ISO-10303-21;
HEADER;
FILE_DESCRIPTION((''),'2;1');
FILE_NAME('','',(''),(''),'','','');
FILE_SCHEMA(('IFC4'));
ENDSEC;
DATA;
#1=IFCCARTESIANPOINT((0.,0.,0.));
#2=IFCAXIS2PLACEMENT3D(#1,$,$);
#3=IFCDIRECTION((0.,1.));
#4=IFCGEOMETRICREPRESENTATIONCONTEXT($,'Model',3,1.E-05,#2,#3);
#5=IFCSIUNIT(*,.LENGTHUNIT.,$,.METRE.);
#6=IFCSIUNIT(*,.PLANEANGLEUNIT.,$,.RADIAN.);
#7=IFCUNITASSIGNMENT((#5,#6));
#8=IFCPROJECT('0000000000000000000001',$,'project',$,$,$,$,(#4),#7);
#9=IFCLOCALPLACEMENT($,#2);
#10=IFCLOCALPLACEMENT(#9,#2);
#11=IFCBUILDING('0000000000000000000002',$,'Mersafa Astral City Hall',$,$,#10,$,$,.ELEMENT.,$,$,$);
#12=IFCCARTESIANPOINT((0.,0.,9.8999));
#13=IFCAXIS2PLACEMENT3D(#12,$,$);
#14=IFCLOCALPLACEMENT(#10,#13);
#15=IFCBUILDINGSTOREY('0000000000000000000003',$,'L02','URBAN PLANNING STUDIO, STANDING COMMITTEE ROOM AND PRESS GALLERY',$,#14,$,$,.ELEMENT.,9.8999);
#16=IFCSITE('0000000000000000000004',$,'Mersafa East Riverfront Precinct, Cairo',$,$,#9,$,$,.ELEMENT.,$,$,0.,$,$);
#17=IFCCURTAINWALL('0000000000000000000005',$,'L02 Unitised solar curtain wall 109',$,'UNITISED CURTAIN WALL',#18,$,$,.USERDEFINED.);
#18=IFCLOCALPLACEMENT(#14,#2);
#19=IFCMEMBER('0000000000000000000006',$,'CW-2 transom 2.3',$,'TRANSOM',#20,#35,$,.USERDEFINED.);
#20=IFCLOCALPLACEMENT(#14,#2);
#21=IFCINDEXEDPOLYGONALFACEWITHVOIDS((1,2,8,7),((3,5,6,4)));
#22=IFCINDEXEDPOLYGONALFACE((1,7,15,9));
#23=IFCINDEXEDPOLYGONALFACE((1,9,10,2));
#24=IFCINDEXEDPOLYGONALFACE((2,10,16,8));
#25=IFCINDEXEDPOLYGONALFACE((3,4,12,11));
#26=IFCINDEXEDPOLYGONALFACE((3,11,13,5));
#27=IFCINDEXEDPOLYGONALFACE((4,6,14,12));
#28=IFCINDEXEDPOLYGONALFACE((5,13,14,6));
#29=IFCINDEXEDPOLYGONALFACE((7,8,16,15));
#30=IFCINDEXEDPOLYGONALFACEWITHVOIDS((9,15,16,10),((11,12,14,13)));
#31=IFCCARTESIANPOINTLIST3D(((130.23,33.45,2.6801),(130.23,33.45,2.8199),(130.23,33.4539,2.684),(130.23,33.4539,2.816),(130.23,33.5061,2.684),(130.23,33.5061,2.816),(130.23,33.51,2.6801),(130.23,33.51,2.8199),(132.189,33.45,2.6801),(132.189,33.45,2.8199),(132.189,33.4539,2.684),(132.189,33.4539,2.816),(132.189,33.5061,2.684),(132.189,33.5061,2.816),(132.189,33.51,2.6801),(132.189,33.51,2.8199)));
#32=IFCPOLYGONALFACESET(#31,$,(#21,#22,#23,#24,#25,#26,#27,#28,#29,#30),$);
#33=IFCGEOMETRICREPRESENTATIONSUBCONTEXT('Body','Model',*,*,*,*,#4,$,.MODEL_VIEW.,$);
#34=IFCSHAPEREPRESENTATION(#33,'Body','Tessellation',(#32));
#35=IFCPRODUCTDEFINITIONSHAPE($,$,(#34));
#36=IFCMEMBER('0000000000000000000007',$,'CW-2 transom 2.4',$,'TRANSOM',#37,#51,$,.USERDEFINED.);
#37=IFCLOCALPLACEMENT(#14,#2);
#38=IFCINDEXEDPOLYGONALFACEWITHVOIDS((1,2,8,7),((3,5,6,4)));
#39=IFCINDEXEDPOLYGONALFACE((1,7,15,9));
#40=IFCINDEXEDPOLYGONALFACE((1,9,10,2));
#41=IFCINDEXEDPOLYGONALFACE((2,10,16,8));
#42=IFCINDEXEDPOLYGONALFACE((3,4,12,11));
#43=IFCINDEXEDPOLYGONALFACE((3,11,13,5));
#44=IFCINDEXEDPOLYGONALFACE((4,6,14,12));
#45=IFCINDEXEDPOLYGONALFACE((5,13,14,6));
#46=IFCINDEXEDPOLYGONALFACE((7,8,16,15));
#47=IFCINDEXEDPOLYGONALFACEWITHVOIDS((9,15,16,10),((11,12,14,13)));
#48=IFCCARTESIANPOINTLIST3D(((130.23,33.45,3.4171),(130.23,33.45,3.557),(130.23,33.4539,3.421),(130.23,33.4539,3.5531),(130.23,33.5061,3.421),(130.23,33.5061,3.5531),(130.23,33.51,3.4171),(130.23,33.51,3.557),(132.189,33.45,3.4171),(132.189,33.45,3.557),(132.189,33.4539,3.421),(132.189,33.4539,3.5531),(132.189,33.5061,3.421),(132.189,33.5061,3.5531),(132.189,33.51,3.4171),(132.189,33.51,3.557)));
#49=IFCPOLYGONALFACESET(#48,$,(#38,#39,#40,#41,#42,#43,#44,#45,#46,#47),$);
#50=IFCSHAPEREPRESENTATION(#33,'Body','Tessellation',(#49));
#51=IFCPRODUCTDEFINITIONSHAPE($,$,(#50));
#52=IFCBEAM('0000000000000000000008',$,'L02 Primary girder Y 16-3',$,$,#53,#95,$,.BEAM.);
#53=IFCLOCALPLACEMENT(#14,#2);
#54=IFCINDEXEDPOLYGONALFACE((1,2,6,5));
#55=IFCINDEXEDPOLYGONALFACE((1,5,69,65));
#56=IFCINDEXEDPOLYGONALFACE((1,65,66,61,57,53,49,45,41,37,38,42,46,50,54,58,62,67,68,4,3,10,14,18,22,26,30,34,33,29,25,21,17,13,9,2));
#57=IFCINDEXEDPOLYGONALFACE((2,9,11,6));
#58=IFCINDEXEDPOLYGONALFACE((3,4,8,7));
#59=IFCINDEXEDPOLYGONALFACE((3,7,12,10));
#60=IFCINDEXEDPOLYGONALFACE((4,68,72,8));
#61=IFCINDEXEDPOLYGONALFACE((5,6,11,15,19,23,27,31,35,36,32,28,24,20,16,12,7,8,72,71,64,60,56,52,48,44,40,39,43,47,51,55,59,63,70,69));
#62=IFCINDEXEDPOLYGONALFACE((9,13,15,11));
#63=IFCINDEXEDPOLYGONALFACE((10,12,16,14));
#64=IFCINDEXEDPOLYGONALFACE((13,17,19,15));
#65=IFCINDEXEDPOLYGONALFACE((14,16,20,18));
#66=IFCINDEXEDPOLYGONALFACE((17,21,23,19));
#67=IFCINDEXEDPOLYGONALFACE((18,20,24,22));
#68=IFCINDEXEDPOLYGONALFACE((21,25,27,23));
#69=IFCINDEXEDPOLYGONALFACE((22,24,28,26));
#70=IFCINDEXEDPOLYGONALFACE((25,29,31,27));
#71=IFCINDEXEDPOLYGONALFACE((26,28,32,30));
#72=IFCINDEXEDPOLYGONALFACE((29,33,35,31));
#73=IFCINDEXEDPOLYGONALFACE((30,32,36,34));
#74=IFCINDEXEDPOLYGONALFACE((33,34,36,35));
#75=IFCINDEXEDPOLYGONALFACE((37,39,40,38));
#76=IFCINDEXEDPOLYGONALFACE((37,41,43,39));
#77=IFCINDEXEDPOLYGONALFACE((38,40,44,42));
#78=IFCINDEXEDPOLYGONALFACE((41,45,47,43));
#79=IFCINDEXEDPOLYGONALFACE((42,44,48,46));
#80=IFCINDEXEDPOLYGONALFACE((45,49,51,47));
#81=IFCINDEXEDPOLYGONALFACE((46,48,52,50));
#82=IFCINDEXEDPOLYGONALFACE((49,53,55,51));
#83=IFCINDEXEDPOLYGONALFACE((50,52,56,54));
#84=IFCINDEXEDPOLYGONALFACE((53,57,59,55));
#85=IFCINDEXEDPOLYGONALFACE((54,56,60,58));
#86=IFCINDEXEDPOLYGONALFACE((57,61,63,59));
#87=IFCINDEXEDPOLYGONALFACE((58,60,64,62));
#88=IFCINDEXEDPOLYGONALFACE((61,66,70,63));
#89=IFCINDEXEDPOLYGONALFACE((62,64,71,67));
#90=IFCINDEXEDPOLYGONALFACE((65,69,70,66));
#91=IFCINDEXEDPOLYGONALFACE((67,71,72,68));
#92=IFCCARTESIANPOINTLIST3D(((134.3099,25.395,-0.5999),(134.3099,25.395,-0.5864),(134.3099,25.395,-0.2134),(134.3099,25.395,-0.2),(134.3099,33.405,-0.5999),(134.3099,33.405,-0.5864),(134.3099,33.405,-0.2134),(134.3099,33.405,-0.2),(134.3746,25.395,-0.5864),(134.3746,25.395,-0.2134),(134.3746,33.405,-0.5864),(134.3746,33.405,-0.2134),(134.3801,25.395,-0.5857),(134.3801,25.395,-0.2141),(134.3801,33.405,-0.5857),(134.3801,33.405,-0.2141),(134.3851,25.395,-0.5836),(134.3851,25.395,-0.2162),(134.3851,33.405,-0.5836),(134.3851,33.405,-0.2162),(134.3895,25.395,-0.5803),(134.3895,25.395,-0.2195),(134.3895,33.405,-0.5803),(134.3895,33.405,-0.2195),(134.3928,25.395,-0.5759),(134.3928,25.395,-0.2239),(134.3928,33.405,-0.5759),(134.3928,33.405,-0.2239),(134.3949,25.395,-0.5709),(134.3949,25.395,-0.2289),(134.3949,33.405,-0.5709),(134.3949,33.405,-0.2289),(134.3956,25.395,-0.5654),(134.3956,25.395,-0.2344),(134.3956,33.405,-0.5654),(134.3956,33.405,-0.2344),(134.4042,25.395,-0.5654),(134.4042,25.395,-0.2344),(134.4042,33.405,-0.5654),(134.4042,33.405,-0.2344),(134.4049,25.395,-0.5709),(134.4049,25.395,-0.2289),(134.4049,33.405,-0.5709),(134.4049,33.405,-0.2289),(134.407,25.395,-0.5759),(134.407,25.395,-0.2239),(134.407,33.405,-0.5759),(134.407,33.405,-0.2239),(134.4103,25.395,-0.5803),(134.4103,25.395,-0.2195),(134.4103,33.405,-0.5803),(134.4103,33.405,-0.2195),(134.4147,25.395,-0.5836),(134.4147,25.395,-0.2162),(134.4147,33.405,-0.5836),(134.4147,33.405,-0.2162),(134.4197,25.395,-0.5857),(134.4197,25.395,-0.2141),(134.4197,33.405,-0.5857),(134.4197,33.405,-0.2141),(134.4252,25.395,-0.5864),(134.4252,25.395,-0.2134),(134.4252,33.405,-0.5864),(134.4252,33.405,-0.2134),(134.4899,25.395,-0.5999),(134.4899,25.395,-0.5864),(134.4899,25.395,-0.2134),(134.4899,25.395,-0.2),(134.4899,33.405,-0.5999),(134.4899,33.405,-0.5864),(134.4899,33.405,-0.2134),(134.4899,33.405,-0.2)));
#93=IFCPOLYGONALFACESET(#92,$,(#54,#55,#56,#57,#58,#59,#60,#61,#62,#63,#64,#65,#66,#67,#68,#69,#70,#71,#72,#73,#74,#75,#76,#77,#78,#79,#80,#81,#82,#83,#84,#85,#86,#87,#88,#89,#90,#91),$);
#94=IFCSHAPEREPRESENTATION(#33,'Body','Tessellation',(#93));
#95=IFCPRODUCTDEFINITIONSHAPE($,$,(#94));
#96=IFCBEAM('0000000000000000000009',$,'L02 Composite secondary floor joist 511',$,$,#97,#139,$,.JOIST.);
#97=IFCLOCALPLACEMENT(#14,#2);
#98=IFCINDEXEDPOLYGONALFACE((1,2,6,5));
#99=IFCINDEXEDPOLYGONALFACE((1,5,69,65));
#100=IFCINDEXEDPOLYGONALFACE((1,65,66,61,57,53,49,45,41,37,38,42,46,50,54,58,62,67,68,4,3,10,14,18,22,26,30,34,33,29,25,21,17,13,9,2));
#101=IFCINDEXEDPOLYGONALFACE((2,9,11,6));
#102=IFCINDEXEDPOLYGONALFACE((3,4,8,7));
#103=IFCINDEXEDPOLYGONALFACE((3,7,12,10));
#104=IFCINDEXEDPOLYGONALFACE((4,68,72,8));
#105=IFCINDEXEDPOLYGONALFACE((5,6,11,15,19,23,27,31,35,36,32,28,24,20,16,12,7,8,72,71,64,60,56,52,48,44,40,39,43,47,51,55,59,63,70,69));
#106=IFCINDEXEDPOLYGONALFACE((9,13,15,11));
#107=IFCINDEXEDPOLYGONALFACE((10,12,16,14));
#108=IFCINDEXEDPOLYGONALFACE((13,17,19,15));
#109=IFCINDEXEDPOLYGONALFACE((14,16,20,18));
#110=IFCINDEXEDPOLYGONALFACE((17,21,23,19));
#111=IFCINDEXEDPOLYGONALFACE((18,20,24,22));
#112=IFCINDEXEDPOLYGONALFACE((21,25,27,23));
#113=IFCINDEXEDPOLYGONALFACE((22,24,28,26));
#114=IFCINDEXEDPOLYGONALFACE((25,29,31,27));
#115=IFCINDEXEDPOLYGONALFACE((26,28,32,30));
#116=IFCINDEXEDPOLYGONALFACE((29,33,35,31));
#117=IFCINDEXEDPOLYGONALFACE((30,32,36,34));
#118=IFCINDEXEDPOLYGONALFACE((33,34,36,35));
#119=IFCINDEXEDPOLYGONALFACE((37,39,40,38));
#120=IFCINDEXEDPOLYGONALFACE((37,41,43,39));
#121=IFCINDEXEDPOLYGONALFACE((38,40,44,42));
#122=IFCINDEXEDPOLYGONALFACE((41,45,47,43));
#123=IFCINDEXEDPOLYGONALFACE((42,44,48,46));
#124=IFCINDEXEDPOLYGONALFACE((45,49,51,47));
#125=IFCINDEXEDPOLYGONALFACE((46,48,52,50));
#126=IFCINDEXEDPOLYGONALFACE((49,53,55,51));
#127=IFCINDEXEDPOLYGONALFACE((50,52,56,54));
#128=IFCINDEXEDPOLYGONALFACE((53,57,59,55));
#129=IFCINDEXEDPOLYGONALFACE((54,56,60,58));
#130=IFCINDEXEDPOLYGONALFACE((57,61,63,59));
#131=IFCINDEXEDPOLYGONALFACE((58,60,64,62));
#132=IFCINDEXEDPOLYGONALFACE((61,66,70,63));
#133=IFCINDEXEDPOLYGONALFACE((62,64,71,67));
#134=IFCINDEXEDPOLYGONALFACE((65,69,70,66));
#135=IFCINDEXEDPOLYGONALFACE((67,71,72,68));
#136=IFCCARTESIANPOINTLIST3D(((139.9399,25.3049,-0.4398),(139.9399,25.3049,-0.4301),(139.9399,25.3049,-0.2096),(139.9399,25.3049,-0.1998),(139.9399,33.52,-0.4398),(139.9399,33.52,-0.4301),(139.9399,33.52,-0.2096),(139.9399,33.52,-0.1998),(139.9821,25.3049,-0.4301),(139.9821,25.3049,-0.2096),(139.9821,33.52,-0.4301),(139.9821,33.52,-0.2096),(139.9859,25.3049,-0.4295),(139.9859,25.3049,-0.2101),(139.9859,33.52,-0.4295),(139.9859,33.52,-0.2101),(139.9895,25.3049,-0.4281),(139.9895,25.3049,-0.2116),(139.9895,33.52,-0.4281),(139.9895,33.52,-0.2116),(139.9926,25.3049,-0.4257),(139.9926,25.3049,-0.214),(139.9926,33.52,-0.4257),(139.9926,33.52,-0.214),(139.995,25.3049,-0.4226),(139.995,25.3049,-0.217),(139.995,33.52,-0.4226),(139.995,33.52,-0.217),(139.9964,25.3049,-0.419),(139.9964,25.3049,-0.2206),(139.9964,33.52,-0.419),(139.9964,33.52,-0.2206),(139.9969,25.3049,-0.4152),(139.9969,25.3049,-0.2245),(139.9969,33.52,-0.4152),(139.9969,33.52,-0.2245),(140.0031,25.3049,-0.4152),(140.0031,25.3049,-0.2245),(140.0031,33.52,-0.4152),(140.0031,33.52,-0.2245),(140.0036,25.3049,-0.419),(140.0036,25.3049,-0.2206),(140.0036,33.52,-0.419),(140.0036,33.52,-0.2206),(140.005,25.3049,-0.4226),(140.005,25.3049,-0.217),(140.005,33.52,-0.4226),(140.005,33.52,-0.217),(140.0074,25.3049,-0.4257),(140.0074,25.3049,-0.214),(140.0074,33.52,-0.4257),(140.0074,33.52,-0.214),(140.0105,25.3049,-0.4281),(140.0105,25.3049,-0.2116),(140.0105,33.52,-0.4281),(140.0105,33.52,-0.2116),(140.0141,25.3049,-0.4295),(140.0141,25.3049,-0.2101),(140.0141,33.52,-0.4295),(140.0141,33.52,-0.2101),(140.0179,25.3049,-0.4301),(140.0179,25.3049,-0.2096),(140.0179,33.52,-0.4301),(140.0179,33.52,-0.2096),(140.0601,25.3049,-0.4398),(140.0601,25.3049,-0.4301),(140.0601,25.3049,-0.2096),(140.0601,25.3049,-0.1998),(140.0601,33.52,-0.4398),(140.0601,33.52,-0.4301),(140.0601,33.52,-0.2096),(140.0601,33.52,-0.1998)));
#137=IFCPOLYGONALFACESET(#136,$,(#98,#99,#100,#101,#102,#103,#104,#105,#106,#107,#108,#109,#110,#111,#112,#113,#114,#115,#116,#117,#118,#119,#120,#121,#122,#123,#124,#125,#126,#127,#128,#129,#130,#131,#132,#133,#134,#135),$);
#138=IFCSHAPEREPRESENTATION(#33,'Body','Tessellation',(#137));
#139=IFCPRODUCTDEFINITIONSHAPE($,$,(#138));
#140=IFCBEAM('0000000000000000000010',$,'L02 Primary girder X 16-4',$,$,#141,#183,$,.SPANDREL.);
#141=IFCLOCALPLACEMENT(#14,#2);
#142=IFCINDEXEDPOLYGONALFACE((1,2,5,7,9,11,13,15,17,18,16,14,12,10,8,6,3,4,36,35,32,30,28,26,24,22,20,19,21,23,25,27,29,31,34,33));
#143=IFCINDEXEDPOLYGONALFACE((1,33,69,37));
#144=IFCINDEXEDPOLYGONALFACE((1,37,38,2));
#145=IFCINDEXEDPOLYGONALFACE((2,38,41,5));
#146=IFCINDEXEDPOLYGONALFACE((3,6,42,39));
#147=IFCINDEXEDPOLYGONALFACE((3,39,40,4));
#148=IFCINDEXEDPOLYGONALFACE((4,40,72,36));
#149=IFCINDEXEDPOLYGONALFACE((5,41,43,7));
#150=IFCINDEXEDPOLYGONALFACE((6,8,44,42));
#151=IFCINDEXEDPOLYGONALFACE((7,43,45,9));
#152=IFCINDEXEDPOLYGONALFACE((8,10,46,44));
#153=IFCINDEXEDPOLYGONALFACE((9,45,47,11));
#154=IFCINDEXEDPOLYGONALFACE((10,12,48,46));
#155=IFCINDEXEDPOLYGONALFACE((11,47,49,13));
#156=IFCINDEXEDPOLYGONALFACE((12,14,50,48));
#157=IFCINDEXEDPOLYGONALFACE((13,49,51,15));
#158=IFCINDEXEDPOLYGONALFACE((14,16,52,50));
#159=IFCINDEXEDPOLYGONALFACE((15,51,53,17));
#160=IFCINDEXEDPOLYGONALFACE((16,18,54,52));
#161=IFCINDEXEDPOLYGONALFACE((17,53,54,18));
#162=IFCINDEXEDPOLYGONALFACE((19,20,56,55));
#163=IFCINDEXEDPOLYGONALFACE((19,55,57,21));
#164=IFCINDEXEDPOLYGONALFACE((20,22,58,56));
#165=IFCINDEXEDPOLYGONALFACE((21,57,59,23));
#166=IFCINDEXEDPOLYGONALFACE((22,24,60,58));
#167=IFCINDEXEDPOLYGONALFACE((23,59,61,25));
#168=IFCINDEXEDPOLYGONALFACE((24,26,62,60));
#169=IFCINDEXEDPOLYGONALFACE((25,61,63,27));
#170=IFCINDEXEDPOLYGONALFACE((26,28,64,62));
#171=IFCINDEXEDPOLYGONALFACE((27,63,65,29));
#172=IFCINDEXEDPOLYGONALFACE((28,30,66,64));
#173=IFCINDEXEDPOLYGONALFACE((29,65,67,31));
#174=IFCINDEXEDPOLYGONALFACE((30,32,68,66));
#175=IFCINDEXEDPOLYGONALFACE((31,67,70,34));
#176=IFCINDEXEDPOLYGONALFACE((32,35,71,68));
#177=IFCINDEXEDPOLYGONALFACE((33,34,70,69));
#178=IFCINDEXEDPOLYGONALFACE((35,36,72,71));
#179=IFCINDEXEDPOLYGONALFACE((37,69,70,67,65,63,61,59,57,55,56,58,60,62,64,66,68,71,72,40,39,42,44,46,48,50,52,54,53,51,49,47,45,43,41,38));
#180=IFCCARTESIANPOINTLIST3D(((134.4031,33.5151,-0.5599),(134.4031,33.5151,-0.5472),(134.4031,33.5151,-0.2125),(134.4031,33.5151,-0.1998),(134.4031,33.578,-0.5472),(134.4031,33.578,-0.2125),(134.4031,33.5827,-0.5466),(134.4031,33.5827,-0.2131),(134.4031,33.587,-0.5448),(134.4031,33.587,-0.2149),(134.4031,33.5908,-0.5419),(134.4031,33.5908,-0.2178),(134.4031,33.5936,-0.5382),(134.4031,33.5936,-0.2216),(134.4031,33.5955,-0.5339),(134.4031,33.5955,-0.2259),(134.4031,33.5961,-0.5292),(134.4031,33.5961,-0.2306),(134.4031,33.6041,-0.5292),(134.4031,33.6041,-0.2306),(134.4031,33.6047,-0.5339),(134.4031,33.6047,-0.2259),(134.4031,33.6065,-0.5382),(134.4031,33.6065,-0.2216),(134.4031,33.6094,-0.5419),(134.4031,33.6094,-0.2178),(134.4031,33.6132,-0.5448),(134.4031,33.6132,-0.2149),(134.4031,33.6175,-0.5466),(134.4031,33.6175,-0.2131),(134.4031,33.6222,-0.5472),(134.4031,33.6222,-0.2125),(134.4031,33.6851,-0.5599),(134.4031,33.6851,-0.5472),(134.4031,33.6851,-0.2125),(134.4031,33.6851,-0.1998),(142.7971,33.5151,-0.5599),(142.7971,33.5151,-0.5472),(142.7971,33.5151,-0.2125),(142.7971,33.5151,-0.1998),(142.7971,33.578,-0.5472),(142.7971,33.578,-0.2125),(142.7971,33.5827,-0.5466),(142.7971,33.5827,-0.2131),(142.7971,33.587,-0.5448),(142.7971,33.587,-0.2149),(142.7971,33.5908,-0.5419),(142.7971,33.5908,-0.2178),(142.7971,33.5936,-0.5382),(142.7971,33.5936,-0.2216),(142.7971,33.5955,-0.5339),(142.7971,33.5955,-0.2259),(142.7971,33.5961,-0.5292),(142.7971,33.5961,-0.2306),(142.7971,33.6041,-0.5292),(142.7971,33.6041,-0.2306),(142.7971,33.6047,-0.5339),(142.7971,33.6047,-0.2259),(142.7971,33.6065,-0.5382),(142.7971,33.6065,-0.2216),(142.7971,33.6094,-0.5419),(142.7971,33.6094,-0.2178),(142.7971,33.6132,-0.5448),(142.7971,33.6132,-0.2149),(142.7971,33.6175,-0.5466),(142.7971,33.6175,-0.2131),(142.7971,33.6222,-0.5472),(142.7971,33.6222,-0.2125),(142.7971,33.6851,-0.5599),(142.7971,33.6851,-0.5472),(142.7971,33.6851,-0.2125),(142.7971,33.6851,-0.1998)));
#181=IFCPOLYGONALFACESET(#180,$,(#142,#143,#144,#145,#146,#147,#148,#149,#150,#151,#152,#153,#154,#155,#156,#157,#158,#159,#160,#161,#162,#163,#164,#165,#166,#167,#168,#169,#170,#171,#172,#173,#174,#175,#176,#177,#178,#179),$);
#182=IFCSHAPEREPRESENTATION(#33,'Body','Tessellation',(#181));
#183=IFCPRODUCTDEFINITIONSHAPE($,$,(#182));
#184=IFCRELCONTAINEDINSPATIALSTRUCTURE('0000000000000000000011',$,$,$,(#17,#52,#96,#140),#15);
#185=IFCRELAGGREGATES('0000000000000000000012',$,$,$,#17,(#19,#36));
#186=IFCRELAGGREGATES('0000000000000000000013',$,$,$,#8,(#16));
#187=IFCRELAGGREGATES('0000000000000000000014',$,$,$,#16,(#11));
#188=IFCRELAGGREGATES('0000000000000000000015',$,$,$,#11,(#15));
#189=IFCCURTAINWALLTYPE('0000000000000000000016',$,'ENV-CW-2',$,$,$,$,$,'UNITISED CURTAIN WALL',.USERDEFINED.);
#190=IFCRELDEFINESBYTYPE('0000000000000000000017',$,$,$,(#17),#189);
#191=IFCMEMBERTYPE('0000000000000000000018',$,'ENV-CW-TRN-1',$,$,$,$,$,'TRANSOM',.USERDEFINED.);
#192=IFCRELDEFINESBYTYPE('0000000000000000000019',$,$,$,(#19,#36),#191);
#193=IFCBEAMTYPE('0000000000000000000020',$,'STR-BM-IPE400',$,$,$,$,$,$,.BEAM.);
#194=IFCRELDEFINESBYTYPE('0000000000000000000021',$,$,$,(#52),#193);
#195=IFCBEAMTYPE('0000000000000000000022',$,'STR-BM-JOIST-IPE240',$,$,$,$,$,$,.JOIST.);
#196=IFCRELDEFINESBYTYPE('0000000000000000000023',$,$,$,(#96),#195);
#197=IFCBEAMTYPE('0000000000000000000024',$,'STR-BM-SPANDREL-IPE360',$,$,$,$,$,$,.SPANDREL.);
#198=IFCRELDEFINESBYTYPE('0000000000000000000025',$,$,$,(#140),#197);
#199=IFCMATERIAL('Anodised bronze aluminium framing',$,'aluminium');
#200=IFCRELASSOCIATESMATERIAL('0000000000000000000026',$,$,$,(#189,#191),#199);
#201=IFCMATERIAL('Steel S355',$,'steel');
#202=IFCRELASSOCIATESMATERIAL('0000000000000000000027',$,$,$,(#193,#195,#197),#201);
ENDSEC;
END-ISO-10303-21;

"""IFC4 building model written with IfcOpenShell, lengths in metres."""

from ifc_helpers import new_model, si_unit, direction, frame, origin, origin_2d, place, context, subcontext, project, spatial, hollow_rectangle, i_section, extrude, material, material_profile, profile_set, type_object, element, aggregate, save


model = new_model("IFC4")

# Units and contexts
model_context = context("Model", 3, precision=1e-05, world=origin(), true_north=direction((0.0, 1.0)))
body_context = subcontext(model_context, "Body", "Model", "MODEL_VIEW")
ifc_project = project(units=[si_unit("LENGTHUNIT", "METRE"), si_unit("PLANEANGLEUNIT", "RADIAN")], contexts=[model_context])

# Site, building, storey
site_placement = place(None, origin())
site = spatial("IfcSite", under=ifc_project, at=site_placement, Name="Mersafa East Riverfront Precinct, Cairo", CompositionType="ELEMENT", RefElevation=0.0)
building_placement = place(site_placement, origin())
building = spatial("IfcBuilding", under=site, at=building_placement, Name="Mersafa Astral City Hall", CompositionType="ELEMENT")
storey_placement = place(building_placement, frame((0.0, 0.0, 9.8999)))
storey = spatial("IfcBuildingStorey", under=building, at=storey_placement, Name="L02", Description="URBAN PLANNING STUDIO, STANDING COMMITTEE ROOM AND PRESS GALLERY", CompositionType="ELEMENT", Elevation=9.8999)

# Shared definitions
ifc_material_1 = material(Name="Steel S355", Category="steel")

# Curtain wall, members
ifc_material_2 = material(Name="Anodised bronze aluminium framing", Category="aluminium")
curtain_wall_type = type_object("IfcCurtainWallType", Name="ENV-CW-2", ElementType="UNITISED CURTAIN WALL", PredefinedType="USERDEFINED", material=ifc_material_2)
curtain_wall_placement = place(storey_placement, origin())
curtain_wall = element("IfcCurtainWall", 1, at=curtain_wall_placement, inside=storey, type_object=curtain_wall_type, Name="L02 Unitised solar curtain wall 109", ObjectType="UNITISED CURTAIN WALL", PredefinedType="USERDEFINED")
ifc_material_profile_1 = material_profile(ifc_material_2, hollow_rectangle(XDim=0.0601, YDim=0.1399, WallThickness=0.0039, at=origin_2d()), Name="RHS 60x140x4")
ifc_profile_set_1 = profile_set([ifc_material_profile_1], Name="Anodised bronze aluminium framing")
member_type_1 = type_object("IfcMemberType", Name="ENV-CW-TRN-1", ElementType="TRANSOM", PredefinedType="USERDEFINED", material=ifc_profile_set_1)
member_1_placement = place(storey_placement, frame((132.189, 33.48, 2.75), z_axis=(-1.0, 0.0, 0.0), x_axis=(0.0, -1.0, 0.0)))
member_1 = element("IfcMember", 2, at=member_1_placement, type_object=member_type_1, Name="CW-2 transom 2.3", ObjectType="TRANSOM", PredefinedType="USERDEFINED", context=body_context, shape_type="SweptSolid", body=[
    extrude(hollow_rectangle(XDim=0.0601, YDim=0.1399, WallThickness=0.0039, at=origin_2d()), origin(), (0.0, 0.0, 1.0), 1.959),
])
member_2_placement = place(storey_placement, frame((132.189, 33.48, 3.4871), z_axis=(-1.0, 0.0, 0.0), x_axis=(0.0, -1.0, 0.0)))
member_2 = element("IfcMember", 3, at=member_2_placement, type_object=member_type_1, Name="CW-2 transom 2.4", ObjectType="TRANSOM", PredefinedType="USERDEFINED", context=body_context, shape_type="SweptSolid", body=[
    extrude(hollow_rectangle(XDim=0.0601, YDim=0.1399, WallThickness=0.0039, at=origin_2d()), origin(), (0.0, 0.0, 1.0), 1.959),
])

# Beams
ifc_material_profile_2 = material_profile(ifc_material_1, i_section(OverallWidth=0.1799, OverallDepth=0.3999, WebThickness=0.0085, FlangeThickness=0.0134, FilletRadius=0.021, at=origin_2d()), Name="IPE 400")
ifc_profile_set_2 = profile_set([ifc_material_profile_2], Name="Steel S355")
beam_type_1 = type_object("IfcBeamType", Name="STR-BM-IPE400", PredefinedType="BEAM", material=ifc_profile_set_2)
beam_1_placement = place(storey_placement, frame((134.3999, 25.395, -0.3999), z_axis=(0.0, 1.0, 0.0), x_axis=(-1.0, 0.0, 0.0)))
element("IfcBeam", 4, at=beam_1_placement, inside=storey, type_object=beam_type_1, Name="L02 Primary girder Y 16-3", PredefinedType="BEAM", context=body_context, shape_type="SweptSolid", body=[
    extrude(i_section(OverallWidth=0.1799, OverallDepth=0.3999, WebThickness=0.0085, FlangeThickness=0.0134, FilletRadius=0.021, at=origin_2d()), origin(), (0.0, 0.0, 1.0), 8.01),
])
ifc_material_profile_3 = material_profile(ifc_material_1, i_section(OverallWidth=0.1201, OverallDepth=0.24, WebThickness=0.0061, FlangeThickness=0.0098, FilletRadius=0.0149, at=origin_2d()), Name="IPE 240")
ifc_profile_set_3 = profile_set([ifc_material_profile_3], Name="Steel S355")
beam_type_2 = type_object("IfcBeamType", Name="STR-BM-JOIST-IPE240", PredefinedType="JOIST", material=ifc_profile_set_3)
beam_2_placement = place(storey_placement, frame((140.0, 25.3049, -0.3198), z_axis=(0.0, 1.0, 0.0), x_axis=(-1.0, 0.0, 0.0)))
element("IfcBeam", 5, at=beam_2_placement, inside=storey, type_object=beam_type_2, Name="L02 Composite secondary floor joist 511", PredefinedType="JOIST", context=body_context, shape_type="SweptSolid", body=[
    extrude(i_section(OverallWidth=0.1201, OverallDepth=0.24, WebThickness=0.0061, FlangeThickness=0.0098, FilletRadius=0.0149, at=origin_2d()), origin(), (0.0, 0.0, 1.0), 8.2151),
])
ifc_material_profile_4 = material_profile(ifc_material_1, i_section(OverallWidth=0.1699, OverallDepth=0.3601, WebThickness=0.0081, FlangeThickness=0.0127, FilletRadius=0.0181, at=origin_2d()), Name="IPE 360")
ifc_profile_set_4 = profile_set([ifc_material_profile_4], Name="Steel S355")
beam_type_3 = type_object("IfcBeamType", Name="STR-BM-SPANDREL-IPE360", PredefinedType="SPANDREL", material=ifc_profile_set_4)
beam_3_placement = place(storey_placement, frame((134.4031, 33.6001, -0.3799), z_axis=(1.0, 0.0, 0.0), x_axis=(0.0, 1.0, 0.0)))
element("IfcBeam", 6, at=beam_3_placement, inside=storey, type_object=beam_type_3, Name="L02 Primary girder X 16-4", PredefinedType="SPANDREL", context=body_context, shape_type="SweptSolid", body=[
    extrude(i_section(OverallWidth=0.1699, OverallDepth=0.3601, WebThickness=0.0081, FlangeThickness=0.0127, FilletRadius=0.0181, at=origin_2d()), origin(), (0.0, 0.0, 1.0), 8.394),
])

aggregate(curtain_wall, [member_1, member_2])

save(model, "model.ifc")
